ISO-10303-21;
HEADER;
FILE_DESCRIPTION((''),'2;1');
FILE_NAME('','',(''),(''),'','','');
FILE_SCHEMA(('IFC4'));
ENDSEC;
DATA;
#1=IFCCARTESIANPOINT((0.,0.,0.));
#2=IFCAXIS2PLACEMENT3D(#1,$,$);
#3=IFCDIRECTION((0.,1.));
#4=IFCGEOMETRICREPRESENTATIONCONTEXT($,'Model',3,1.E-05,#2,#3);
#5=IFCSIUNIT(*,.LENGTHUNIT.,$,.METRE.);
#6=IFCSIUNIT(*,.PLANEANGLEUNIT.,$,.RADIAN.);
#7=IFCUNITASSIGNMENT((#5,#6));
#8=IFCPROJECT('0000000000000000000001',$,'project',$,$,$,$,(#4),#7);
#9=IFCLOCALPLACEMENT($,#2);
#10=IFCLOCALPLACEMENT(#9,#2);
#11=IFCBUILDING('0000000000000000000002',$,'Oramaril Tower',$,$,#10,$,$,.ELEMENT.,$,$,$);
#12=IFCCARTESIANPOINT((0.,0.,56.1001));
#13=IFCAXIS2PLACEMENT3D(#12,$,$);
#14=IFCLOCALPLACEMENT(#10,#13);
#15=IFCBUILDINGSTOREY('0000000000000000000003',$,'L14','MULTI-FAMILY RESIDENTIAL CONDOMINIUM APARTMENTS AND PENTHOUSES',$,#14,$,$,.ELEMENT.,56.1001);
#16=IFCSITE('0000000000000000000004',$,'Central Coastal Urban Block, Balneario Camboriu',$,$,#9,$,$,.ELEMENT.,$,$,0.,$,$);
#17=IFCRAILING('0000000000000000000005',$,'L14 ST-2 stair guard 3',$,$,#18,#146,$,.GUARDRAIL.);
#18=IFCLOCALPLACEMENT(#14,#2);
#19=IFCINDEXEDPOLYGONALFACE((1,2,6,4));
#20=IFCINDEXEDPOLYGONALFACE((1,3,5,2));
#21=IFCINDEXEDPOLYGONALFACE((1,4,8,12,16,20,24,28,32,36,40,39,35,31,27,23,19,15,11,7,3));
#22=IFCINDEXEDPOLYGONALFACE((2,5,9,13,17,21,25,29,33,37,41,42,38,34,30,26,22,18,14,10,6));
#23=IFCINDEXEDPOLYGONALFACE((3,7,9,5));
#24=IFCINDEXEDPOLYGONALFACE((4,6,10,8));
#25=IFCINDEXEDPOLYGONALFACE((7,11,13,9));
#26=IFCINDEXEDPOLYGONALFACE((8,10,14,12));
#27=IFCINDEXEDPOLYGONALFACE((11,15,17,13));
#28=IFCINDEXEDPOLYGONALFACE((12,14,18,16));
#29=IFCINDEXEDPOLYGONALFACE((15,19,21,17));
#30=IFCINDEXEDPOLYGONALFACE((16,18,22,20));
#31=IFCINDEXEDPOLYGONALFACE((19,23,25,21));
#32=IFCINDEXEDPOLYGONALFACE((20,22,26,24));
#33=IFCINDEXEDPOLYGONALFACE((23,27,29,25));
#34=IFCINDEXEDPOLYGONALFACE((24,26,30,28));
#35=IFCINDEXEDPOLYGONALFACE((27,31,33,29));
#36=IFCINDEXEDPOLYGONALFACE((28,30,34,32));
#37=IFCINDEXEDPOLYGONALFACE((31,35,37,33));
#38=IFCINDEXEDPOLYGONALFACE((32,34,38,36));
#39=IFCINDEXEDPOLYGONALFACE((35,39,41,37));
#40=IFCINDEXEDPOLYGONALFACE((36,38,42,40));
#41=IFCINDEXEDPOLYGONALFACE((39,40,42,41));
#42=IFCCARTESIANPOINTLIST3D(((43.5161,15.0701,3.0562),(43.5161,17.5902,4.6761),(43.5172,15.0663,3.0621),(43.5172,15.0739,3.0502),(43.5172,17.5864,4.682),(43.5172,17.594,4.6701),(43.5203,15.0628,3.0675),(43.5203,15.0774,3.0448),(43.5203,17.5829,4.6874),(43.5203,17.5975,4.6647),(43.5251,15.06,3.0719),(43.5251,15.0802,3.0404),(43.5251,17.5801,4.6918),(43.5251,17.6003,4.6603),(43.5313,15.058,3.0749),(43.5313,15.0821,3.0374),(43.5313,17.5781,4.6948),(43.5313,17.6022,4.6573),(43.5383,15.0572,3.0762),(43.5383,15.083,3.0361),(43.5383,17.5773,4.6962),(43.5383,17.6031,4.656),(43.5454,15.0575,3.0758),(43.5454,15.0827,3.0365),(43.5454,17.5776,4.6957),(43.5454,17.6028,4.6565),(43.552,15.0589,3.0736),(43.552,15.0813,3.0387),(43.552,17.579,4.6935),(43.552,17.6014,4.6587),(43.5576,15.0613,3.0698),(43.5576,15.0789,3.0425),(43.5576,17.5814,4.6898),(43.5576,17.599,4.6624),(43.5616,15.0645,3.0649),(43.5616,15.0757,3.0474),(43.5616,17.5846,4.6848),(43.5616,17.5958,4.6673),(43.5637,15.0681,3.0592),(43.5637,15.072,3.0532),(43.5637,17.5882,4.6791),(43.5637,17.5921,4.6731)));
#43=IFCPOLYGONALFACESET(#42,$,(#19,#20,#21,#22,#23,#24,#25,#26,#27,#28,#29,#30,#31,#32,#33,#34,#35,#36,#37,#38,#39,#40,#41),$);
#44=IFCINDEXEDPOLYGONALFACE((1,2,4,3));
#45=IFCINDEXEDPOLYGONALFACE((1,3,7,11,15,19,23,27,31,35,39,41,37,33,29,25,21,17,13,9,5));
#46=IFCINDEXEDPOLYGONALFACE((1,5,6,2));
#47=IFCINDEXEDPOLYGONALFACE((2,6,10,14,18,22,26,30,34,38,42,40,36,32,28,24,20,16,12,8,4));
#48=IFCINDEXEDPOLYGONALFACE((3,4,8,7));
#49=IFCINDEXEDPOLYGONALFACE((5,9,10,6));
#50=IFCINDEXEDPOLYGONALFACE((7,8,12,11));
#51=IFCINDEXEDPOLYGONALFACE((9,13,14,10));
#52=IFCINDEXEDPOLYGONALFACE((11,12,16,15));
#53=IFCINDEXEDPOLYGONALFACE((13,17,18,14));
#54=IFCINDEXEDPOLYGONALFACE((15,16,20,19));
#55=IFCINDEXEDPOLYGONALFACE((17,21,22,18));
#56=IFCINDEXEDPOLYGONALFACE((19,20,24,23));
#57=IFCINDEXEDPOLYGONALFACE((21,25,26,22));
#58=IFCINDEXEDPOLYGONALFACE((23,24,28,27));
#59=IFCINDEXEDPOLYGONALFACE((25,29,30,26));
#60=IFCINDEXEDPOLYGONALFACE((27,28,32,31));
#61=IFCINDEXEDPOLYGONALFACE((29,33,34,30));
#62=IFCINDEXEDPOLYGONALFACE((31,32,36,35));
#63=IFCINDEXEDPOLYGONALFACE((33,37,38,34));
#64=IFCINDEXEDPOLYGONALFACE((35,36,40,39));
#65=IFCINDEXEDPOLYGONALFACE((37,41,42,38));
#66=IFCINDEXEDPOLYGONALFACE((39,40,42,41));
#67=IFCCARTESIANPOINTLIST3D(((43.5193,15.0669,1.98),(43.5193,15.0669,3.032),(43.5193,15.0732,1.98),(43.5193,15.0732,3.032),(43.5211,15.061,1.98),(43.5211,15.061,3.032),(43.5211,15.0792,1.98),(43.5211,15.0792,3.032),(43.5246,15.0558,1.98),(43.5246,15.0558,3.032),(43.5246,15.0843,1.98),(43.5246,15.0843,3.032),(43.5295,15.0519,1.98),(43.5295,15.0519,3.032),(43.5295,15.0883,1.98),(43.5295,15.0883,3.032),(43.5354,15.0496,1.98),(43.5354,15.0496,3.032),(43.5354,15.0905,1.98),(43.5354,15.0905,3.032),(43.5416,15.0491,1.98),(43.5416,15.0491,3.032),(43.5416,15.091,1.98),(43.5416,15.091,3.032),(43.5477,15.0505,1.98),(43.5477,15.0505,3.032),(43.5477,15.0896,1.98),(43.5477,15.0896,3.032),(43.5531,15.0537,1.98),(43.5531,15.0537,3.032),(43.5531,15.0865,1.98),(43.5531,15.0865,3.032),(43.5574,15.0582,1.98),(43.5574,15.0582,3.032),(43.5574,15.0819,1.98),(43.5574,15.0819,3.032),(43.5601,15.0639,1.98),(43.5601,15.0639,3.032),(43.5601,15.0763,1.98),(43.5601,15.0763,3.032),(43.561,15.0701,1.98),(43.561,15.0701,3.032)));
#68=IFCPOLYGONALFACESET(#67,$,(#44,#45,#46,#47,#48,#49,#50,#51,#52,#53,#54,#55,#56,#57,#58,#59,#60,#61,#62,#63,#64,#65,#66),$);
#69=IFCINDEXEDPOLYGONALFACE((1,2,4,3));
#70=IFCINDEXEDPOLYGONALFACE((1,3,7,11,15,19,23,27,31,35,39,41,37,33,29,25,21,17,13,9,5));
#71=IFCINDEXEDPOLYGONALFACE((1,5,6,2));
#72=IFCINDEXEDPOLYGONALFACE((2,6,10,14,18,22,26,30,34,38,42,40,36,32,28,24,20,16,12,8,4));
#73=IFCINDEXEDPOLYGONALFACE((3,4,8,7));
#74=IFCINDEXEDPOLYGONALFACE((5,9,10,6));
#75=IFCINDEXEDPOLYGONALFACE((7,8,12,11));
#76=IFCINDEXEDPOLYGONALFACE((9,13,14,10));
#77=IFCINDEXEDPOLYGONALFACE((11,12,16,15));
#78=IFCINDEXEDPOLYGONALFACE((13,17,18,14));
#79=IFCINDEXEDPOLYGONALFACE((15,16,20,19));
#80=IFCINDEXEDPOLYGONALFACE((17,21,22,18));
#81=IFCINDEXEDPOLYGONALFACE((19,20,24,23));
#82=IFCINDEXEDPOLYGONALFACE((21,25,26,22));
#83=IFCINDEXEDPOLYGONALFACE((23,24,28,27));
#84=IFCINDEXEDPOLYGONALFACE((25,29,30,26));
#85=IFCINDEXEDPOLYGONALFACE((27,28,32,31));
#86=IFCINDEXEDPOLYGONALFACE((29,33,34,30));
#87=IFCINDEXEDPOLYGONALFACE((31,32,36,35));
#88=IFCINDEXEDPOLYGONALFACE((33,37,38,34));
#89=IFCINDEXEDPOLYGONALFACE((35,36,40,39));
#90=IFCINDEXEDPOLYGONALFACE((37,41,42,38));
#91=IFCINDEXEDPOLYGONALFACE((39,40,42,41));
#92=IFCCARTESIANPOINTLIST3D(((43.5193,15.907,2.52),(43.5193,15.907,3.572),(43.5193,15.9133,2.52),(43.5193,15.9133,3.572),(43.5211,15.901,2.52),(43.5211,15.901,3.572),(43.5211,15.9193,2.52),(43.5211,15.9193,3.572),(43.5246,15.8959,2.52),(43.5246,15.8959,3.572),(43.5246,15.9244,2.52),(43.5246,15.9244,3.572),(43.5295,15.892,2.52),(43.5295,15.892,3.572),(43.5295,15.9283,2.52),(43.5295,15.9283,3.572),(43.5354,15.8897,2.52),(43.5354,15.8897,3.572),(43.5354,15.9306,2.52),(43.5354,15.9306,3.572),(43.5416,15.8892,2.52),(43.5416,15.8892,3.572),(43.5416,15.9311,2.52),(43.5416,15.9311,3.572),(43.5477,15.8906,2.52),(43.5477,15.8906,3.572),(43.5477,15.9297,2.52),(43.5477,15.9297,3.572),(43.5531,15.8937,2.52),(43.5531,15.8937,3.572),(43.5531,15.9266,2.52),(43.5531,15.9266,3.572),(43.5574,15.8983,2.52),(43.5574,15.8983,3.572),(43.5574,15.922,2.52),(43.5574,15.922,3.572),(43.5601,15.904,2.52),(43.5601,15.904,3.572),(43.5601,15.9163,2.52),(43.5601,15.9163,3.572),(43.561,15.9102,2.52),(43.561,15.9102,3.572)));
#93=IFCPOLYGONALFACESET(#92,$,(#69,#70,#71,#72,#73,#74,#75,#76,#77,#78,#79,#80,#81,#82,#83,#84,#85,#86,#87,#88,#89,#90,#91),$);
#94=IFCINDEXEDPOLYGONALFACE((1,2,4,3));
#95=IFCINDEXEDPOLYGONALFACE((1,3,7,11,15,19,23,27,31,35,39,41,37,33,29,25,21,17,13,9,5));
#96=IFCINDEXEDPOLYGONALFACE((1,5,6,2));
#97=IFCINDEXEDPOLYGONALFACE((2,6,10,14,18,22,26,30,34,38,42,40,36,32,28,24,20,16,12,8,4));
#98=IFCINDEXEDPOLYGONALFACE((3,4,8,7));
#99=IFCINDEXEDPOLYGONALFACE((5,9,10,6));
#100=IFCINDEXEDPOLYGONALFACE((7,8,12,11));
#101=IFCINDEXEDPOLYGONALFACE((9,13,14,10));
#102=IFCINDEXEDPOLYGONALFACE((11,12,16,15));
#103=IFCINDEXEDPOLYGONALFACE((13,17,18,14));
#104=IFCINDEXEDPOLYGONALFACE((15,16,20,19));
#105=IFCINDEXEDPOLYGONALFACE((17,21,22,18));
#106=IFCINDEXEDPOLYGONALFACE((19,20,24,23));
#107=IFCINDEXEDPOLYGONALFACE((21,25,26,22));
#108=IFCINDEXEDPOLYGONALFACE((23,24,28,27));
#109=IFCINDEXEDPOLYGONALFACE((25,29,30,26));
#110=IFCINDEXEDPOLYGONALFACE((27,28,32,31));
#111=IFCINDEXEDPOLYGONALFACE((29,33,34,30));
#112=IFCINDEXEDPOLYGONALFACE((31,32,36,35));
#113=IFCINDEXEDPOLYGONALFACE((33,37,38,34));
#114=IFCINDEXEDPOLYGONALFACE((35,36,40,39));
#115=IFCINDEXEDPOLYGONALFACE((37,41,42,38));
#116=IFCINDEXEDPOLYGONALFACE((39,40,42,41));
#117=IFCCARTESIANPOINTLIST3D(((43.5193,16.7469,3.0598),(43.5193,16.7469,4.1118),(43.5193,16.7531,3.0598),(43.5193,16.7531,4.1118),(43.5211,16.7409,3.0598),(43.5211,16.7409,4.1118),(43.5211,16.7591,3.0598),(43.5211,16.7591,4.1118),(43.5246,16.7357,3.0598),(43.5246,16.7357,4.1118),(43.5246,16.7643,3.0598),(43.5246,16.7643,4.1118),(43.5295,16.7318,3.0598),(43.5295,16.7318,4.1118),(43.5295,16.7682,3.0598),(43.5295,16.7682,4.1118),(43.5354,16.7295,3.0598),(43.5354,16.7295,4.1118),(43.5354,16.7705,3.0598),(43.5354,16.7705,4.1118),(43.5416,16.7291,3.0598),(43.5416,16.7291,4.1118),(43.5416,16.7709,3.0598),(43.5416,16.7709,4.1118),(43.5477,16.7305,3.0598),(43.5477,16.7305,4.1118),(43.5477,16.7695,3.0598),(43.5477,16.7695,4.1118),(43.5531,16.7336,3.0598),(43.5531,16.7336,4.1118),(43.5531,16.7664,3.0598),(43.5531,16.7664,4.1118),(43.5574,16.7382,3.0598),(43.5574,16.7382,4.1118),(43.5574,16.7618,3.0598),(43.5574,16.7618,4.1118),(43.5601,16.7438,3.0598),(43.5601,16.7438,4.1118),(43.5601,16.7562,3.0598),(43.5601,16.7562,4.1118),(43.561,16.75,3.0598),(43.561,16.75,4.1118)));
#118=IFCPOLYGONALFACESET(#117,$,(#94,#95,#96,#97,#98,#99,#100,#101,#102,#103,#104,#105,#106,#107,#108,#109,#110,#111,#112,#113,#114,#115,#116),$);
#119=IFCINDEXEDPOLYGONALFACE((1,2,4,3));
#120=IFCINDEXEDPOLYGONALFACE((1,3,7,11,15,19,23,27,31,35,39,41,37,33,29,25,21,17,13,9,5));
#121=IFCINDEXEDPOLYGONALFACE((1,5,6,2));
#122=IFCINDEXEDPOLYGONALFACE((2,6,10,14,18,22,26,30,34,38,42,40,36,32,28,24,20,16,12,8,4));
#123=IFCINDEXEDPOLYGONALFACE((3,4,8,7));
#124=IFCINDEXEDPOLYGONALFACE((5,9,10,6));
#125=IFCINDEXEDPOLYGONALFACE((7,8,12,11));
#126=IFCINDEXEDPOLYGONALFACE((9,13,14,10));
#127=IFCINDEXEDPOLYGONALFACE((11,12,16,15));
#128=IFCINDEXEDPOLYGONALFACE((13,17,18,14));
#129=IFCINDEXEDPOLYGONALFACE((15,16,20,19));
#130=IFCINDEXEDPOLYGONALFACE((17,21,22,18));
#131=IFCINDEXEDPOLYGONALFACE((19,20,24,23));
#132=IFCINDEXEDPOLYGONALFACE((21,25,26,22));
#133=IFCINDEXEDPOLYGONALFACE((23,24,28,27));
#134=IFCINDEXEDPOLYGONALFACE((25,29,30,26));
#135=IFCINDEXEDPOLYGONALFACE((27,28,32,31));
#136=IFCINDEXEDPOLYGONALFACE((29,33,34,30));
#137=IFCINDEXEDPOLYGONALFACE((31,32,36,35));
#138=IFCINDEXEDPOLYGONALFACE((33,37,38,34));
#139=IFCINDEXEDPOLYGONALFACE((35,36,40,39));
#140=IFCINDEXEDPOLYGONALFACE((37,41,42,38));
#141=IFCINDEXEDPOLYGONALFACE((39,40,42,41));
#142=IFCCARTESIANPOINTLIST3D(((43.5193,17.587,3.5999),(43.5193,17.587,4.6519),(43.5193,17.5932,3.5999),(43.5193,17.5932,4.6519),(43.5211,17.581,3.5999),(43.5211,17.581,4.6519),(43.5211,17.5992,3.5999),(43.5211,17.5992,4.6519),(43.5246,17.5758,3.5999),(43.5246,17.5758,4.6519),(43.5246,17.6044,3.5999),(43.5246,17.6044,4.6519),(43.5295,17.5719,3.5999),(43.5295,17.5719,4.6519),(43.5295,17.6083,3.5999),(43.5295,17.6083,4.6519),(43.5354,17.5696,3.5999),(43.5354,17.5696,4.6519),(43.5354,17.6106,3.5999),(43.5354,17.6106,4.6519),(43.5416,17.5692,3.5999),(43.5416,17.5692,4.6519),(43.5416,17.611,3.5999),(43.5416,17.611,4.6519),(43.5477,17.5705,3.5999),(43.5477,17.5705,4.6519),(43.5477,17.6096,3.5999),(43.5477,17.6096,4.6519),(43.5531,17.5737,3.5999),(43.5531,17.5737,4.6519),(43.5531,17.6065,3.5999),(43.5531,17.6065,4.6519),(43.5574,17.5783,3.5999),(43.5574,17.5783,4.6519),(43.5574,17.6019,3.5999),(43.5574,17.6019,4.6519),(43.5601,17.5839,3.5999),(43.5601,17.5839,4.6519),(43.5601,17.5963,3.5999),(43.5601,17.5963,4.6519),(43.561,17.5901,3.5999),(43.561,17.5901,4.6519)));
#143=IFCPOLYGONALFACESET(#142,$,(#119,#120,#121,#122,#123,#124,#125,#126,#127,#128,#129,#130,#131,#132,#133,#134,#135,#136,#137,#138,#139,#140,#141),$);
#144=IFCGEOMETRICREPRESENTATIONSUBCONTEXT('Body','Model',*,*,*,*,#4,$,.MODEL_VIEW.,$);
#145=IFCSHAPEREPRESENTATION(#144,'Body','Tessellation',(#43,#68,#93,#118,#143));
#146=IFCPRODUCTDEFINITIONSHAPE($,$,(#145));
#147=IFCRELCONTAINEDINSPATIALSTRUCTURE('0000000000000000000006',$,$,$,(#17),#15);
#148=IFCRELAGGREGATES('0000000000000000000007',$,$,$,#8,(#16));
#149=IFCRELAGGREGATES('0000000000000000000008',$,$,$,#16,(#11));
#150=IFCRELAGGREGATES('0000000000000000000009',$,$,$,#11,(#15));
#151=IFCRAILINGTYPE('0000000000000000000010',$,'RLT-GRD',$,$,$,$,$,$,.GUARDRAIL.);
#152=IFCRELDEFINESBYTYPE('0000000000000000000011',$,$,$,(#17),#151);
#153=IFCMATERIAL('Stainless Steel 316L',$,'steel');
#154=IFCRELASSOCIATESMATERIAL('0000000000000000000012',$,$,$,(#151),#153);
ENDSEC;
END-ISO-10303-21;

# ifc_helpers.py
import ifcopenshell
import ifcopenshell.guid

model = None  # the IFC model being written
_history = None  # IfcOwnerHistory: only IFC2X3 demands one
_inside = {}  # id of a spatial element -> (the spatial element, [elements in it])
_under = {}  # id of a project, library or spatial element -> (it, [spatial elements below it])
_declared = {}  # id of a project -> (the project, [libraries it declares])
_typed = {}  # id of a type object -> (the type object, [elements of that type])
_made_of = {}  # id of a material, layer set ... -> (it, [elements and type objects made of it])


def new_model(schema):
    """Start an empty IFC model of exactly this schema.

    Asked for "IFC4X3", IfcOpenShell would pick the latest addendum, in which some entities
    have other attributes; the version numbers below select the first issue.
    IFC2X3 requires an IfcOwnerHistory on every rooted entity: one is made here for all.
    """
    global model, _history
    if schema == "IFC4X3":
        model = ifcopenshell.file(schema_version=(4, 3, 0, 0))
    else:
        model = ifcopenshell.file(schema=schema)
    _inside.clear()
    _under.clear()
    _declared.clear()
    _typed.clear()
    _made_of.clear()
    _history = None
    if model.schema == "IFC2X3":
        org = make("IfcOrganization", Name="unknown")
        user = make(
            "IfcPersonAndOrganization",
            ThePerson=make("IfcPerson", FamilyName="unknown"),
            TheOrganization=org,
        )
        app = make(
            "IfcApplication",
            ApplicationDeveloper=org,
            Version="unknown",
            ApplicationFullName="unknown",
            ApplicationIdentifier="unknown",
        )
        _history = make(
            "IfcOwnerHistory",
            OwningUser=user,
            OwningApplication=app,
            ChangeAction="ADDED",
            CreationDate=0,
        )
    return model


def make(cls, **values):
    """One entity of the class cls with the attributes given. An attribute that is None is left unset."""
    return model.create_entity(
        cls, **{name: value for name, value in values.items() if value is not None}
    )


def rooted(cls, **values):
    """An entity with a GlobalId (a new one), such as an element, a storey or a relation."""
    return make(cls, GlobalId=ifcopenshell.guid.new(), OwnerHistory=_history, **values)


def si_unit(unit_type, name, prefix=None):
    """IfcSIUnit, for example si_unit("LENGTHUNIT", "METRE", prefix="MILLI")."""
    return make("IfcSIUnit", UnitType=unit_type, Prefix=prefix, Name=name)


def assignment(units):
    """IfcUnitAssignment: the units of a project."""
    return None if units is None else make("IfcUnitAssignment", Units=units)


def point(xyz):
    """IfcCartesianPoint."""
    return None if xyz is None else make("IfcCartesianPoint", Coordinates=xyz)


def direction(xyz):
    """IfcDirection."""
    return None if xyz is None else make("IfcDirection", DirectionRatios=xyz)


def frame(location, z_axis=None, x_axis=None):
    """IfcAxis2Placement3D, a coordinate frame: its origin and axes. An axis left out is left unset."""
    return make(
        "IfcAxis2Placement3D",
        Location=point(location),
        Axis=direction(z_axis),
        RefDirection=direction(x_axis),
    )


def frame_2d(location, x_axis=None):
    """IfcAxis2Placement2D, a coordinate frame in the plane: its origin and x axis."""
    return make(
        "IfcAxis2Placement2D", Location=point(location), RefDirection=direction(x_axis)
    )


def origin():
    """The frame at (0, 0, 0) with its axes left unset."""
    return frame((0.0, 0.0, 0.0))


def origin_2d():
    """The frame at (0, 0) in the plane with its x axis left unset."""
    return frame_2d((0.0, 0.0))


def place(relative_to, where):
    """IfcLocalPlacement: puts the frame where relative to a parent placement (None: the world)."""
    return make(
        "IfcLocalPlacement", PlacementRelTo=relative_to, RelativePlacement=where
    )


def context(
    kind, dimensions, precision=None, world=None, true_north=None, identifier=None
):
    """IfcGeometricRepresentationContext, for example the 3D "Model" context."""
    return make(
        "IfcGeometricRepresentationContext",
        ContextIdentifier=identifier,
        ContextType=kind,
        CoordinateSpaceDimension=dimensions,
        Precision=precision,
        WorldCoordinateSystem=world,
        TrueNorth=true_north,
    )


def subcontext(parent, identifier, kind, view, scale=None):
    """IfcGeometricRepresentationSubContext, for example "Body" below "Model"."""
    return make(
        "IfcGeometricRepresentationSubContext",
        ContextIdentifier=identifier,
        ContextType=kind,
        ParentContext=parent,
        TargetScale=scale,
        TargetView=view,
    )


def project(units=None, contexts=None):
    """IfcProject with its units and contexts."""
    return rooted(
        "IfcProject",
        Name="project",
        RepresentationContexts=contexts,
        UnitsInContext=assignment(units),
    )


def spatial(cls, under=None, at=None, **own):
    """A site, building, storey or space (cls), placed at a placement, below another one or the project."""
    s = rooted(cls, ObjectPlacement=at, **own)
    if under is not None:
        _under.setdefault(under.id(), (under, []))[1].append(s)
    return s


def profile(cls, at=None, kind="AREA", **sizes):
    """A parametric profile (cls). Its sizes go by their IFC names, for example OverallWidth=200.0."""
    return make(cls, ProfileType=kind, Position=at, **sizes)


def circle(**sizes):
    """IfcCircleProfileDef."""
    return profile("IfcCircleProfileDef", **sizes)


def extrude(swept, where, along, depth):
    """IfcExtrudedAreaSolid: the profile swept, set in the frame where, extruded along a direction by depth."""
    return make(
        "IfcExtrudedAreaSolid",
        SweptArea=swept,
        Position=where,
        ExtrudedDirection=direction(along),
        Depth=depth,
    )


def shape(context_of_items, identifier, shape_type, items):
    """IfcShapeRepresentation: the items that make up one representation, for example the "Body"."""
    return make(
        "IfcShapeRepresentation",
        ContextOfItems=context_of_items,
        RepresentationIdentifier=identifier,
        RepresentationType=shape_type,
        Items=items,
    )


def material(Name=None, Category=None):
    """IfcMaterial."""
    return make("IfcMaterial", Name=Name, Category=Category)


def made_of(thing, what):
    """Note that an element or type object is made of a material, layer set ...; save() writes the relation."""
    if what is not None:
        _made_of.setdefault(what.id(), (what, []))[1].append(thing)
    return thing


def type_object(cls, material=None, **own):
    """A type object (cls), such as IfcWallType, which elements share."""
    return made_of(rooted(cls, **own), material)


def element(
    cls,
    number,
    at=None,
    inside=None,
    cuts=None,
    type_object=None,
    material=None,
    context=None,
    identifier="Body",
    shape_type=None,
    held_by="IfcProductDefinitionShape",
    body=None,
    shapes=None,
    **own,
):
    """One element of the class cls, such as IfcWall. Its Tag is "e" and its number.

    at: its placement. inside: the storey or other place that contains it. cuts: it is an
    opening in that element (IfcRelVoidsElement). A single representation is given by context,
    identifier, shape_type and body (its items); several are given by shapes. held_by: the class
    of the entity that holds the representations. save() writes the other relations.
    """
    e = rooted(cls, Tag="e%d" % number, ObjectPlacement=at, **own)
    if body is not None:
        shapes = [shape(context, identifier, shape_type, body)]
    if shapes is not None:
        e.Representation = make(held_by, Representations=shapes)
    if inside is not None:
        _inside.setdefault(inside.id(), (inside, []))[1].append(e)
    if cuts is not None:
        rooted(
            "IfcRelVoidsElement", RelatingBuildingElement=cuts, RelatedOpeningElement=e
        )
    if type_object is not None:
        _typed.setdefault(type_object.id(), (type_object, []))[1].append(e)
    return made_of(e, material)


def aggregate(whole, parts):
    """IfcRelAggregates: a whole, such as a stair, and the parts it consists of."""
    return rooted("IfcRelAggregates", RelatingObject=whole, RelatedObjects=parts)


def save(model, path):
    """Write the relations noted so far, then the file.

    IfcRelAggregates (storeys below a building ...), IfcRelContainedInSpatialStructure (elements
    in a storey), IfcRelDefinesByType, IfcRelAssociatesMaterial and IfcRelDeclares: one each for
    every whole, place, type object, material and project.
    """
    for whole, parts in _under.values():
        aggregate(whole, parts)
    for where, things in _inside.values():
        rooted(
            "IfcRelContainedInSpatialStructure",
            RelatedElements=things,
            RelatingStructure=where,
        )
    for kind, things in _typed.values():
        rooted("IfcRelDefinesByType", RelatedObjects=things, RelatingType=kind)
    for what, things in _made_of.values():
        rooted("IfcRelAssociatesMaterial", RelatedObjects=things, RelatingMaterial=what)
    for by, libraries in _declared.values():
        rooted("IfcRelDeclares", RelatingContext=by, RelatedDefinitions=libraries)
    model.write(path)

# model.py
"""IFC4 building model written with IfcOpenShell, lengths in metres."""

from ifc_helpers import new_model, si_unit, direction, frame, origin, origin_2d, place, context, subcontext, project, spatial, circle, extrude, material, type_object, element, save


model = new_model("IFC4")

# Units and contexts
model_context = context("Model", 3, precision=1e-05, world=origin(), true_north=direction((0.0, 1.0)))
body_context = subcontext(model_context, "Body", "Model", "MODEL_VIEW")
ifc_project = project(units=[si_unit("LENGTHUNIT", "METRE"), si_unit("PLANEANGLEUNIT", "RADIAN")], contexts=[model_context])

# Site, building, storey
site_placement = place(None, origin())
site = spatial("IfcSite", under=ifc_project, at=site_placement, Name="Central Coastal Urban Block, Balneario Camboriu", CompositionType="ELEMENT", RefElevation=0.0)
building_placement = place(site_placement, origin())
building = spatial("IfcBuilding", under=site, at=building_placement, Name="Oramaril Tower", CompositionType="ELEMENT")
storey_placement = place(building_placement, frame((0.0, 0.0, 56.1001)))
storey = spatial("IfcBuildingStorey", under=building, at=storey_placement, Name="L14", Description="MULTI-FAMILY RESIDENTIAL CONDOMINIUM APARTMENTS AND PENTHOUSES", CompositionType="ELEMENT", Elevation=56.1001)

# Railing
ifc_material_1 = material(Name="Stainless Steel 316L", Category="steel")
railing_type_1 = type_object("IfcRailingType", Name="RLT-GRD", PredefinedType="GUARDRAIL", material=ifc_material_1)
railing_1_placement = place(storey_placement, frame((43.54, 15.0701, 1.98)))
element("IfcRailing", 1, at=railing_1_placement, inside=storey, type_object=railing_type_1, Name="L14 ST-2 stair guard 3", PredefinedType="GUARDRAIL", context=body_context, shape_type="SweptSolid", body=[
    extrude(circle(Radius=0.0239, at=origin_2d()), frame((0.0, 0.0, 1.0762), z_axis=(0.0, 0.8412, 0.540725), x_axis=(-1.0, 0.0, 0.0)), (0.0, 0.0, 1.0), 2.9958),
    extrude(circle(Radius=0.021, at=origin_2d()), origin(), (0.0, 0.0, 1.0), 1.052),
    extrude(circle(Radius=0.021, at=origin_2d()), frame((0.0, 0.8401, 0.54)), (0.0, 0.0, 1.0), 1.052),
    extrude(circle(Radius=0.021, at=origin_2d()), frame((0.0, 1.6799, 1.0798)), (0.0, 0.0, 1.0), 1.052),
    extrude(circle(Radius=0.021, at=origin_2d()), frame((0.0, 2.52, 1.6199)), (0.0, 0.0, 1.0), 1.052),
])

save(model, "model.ifc")
